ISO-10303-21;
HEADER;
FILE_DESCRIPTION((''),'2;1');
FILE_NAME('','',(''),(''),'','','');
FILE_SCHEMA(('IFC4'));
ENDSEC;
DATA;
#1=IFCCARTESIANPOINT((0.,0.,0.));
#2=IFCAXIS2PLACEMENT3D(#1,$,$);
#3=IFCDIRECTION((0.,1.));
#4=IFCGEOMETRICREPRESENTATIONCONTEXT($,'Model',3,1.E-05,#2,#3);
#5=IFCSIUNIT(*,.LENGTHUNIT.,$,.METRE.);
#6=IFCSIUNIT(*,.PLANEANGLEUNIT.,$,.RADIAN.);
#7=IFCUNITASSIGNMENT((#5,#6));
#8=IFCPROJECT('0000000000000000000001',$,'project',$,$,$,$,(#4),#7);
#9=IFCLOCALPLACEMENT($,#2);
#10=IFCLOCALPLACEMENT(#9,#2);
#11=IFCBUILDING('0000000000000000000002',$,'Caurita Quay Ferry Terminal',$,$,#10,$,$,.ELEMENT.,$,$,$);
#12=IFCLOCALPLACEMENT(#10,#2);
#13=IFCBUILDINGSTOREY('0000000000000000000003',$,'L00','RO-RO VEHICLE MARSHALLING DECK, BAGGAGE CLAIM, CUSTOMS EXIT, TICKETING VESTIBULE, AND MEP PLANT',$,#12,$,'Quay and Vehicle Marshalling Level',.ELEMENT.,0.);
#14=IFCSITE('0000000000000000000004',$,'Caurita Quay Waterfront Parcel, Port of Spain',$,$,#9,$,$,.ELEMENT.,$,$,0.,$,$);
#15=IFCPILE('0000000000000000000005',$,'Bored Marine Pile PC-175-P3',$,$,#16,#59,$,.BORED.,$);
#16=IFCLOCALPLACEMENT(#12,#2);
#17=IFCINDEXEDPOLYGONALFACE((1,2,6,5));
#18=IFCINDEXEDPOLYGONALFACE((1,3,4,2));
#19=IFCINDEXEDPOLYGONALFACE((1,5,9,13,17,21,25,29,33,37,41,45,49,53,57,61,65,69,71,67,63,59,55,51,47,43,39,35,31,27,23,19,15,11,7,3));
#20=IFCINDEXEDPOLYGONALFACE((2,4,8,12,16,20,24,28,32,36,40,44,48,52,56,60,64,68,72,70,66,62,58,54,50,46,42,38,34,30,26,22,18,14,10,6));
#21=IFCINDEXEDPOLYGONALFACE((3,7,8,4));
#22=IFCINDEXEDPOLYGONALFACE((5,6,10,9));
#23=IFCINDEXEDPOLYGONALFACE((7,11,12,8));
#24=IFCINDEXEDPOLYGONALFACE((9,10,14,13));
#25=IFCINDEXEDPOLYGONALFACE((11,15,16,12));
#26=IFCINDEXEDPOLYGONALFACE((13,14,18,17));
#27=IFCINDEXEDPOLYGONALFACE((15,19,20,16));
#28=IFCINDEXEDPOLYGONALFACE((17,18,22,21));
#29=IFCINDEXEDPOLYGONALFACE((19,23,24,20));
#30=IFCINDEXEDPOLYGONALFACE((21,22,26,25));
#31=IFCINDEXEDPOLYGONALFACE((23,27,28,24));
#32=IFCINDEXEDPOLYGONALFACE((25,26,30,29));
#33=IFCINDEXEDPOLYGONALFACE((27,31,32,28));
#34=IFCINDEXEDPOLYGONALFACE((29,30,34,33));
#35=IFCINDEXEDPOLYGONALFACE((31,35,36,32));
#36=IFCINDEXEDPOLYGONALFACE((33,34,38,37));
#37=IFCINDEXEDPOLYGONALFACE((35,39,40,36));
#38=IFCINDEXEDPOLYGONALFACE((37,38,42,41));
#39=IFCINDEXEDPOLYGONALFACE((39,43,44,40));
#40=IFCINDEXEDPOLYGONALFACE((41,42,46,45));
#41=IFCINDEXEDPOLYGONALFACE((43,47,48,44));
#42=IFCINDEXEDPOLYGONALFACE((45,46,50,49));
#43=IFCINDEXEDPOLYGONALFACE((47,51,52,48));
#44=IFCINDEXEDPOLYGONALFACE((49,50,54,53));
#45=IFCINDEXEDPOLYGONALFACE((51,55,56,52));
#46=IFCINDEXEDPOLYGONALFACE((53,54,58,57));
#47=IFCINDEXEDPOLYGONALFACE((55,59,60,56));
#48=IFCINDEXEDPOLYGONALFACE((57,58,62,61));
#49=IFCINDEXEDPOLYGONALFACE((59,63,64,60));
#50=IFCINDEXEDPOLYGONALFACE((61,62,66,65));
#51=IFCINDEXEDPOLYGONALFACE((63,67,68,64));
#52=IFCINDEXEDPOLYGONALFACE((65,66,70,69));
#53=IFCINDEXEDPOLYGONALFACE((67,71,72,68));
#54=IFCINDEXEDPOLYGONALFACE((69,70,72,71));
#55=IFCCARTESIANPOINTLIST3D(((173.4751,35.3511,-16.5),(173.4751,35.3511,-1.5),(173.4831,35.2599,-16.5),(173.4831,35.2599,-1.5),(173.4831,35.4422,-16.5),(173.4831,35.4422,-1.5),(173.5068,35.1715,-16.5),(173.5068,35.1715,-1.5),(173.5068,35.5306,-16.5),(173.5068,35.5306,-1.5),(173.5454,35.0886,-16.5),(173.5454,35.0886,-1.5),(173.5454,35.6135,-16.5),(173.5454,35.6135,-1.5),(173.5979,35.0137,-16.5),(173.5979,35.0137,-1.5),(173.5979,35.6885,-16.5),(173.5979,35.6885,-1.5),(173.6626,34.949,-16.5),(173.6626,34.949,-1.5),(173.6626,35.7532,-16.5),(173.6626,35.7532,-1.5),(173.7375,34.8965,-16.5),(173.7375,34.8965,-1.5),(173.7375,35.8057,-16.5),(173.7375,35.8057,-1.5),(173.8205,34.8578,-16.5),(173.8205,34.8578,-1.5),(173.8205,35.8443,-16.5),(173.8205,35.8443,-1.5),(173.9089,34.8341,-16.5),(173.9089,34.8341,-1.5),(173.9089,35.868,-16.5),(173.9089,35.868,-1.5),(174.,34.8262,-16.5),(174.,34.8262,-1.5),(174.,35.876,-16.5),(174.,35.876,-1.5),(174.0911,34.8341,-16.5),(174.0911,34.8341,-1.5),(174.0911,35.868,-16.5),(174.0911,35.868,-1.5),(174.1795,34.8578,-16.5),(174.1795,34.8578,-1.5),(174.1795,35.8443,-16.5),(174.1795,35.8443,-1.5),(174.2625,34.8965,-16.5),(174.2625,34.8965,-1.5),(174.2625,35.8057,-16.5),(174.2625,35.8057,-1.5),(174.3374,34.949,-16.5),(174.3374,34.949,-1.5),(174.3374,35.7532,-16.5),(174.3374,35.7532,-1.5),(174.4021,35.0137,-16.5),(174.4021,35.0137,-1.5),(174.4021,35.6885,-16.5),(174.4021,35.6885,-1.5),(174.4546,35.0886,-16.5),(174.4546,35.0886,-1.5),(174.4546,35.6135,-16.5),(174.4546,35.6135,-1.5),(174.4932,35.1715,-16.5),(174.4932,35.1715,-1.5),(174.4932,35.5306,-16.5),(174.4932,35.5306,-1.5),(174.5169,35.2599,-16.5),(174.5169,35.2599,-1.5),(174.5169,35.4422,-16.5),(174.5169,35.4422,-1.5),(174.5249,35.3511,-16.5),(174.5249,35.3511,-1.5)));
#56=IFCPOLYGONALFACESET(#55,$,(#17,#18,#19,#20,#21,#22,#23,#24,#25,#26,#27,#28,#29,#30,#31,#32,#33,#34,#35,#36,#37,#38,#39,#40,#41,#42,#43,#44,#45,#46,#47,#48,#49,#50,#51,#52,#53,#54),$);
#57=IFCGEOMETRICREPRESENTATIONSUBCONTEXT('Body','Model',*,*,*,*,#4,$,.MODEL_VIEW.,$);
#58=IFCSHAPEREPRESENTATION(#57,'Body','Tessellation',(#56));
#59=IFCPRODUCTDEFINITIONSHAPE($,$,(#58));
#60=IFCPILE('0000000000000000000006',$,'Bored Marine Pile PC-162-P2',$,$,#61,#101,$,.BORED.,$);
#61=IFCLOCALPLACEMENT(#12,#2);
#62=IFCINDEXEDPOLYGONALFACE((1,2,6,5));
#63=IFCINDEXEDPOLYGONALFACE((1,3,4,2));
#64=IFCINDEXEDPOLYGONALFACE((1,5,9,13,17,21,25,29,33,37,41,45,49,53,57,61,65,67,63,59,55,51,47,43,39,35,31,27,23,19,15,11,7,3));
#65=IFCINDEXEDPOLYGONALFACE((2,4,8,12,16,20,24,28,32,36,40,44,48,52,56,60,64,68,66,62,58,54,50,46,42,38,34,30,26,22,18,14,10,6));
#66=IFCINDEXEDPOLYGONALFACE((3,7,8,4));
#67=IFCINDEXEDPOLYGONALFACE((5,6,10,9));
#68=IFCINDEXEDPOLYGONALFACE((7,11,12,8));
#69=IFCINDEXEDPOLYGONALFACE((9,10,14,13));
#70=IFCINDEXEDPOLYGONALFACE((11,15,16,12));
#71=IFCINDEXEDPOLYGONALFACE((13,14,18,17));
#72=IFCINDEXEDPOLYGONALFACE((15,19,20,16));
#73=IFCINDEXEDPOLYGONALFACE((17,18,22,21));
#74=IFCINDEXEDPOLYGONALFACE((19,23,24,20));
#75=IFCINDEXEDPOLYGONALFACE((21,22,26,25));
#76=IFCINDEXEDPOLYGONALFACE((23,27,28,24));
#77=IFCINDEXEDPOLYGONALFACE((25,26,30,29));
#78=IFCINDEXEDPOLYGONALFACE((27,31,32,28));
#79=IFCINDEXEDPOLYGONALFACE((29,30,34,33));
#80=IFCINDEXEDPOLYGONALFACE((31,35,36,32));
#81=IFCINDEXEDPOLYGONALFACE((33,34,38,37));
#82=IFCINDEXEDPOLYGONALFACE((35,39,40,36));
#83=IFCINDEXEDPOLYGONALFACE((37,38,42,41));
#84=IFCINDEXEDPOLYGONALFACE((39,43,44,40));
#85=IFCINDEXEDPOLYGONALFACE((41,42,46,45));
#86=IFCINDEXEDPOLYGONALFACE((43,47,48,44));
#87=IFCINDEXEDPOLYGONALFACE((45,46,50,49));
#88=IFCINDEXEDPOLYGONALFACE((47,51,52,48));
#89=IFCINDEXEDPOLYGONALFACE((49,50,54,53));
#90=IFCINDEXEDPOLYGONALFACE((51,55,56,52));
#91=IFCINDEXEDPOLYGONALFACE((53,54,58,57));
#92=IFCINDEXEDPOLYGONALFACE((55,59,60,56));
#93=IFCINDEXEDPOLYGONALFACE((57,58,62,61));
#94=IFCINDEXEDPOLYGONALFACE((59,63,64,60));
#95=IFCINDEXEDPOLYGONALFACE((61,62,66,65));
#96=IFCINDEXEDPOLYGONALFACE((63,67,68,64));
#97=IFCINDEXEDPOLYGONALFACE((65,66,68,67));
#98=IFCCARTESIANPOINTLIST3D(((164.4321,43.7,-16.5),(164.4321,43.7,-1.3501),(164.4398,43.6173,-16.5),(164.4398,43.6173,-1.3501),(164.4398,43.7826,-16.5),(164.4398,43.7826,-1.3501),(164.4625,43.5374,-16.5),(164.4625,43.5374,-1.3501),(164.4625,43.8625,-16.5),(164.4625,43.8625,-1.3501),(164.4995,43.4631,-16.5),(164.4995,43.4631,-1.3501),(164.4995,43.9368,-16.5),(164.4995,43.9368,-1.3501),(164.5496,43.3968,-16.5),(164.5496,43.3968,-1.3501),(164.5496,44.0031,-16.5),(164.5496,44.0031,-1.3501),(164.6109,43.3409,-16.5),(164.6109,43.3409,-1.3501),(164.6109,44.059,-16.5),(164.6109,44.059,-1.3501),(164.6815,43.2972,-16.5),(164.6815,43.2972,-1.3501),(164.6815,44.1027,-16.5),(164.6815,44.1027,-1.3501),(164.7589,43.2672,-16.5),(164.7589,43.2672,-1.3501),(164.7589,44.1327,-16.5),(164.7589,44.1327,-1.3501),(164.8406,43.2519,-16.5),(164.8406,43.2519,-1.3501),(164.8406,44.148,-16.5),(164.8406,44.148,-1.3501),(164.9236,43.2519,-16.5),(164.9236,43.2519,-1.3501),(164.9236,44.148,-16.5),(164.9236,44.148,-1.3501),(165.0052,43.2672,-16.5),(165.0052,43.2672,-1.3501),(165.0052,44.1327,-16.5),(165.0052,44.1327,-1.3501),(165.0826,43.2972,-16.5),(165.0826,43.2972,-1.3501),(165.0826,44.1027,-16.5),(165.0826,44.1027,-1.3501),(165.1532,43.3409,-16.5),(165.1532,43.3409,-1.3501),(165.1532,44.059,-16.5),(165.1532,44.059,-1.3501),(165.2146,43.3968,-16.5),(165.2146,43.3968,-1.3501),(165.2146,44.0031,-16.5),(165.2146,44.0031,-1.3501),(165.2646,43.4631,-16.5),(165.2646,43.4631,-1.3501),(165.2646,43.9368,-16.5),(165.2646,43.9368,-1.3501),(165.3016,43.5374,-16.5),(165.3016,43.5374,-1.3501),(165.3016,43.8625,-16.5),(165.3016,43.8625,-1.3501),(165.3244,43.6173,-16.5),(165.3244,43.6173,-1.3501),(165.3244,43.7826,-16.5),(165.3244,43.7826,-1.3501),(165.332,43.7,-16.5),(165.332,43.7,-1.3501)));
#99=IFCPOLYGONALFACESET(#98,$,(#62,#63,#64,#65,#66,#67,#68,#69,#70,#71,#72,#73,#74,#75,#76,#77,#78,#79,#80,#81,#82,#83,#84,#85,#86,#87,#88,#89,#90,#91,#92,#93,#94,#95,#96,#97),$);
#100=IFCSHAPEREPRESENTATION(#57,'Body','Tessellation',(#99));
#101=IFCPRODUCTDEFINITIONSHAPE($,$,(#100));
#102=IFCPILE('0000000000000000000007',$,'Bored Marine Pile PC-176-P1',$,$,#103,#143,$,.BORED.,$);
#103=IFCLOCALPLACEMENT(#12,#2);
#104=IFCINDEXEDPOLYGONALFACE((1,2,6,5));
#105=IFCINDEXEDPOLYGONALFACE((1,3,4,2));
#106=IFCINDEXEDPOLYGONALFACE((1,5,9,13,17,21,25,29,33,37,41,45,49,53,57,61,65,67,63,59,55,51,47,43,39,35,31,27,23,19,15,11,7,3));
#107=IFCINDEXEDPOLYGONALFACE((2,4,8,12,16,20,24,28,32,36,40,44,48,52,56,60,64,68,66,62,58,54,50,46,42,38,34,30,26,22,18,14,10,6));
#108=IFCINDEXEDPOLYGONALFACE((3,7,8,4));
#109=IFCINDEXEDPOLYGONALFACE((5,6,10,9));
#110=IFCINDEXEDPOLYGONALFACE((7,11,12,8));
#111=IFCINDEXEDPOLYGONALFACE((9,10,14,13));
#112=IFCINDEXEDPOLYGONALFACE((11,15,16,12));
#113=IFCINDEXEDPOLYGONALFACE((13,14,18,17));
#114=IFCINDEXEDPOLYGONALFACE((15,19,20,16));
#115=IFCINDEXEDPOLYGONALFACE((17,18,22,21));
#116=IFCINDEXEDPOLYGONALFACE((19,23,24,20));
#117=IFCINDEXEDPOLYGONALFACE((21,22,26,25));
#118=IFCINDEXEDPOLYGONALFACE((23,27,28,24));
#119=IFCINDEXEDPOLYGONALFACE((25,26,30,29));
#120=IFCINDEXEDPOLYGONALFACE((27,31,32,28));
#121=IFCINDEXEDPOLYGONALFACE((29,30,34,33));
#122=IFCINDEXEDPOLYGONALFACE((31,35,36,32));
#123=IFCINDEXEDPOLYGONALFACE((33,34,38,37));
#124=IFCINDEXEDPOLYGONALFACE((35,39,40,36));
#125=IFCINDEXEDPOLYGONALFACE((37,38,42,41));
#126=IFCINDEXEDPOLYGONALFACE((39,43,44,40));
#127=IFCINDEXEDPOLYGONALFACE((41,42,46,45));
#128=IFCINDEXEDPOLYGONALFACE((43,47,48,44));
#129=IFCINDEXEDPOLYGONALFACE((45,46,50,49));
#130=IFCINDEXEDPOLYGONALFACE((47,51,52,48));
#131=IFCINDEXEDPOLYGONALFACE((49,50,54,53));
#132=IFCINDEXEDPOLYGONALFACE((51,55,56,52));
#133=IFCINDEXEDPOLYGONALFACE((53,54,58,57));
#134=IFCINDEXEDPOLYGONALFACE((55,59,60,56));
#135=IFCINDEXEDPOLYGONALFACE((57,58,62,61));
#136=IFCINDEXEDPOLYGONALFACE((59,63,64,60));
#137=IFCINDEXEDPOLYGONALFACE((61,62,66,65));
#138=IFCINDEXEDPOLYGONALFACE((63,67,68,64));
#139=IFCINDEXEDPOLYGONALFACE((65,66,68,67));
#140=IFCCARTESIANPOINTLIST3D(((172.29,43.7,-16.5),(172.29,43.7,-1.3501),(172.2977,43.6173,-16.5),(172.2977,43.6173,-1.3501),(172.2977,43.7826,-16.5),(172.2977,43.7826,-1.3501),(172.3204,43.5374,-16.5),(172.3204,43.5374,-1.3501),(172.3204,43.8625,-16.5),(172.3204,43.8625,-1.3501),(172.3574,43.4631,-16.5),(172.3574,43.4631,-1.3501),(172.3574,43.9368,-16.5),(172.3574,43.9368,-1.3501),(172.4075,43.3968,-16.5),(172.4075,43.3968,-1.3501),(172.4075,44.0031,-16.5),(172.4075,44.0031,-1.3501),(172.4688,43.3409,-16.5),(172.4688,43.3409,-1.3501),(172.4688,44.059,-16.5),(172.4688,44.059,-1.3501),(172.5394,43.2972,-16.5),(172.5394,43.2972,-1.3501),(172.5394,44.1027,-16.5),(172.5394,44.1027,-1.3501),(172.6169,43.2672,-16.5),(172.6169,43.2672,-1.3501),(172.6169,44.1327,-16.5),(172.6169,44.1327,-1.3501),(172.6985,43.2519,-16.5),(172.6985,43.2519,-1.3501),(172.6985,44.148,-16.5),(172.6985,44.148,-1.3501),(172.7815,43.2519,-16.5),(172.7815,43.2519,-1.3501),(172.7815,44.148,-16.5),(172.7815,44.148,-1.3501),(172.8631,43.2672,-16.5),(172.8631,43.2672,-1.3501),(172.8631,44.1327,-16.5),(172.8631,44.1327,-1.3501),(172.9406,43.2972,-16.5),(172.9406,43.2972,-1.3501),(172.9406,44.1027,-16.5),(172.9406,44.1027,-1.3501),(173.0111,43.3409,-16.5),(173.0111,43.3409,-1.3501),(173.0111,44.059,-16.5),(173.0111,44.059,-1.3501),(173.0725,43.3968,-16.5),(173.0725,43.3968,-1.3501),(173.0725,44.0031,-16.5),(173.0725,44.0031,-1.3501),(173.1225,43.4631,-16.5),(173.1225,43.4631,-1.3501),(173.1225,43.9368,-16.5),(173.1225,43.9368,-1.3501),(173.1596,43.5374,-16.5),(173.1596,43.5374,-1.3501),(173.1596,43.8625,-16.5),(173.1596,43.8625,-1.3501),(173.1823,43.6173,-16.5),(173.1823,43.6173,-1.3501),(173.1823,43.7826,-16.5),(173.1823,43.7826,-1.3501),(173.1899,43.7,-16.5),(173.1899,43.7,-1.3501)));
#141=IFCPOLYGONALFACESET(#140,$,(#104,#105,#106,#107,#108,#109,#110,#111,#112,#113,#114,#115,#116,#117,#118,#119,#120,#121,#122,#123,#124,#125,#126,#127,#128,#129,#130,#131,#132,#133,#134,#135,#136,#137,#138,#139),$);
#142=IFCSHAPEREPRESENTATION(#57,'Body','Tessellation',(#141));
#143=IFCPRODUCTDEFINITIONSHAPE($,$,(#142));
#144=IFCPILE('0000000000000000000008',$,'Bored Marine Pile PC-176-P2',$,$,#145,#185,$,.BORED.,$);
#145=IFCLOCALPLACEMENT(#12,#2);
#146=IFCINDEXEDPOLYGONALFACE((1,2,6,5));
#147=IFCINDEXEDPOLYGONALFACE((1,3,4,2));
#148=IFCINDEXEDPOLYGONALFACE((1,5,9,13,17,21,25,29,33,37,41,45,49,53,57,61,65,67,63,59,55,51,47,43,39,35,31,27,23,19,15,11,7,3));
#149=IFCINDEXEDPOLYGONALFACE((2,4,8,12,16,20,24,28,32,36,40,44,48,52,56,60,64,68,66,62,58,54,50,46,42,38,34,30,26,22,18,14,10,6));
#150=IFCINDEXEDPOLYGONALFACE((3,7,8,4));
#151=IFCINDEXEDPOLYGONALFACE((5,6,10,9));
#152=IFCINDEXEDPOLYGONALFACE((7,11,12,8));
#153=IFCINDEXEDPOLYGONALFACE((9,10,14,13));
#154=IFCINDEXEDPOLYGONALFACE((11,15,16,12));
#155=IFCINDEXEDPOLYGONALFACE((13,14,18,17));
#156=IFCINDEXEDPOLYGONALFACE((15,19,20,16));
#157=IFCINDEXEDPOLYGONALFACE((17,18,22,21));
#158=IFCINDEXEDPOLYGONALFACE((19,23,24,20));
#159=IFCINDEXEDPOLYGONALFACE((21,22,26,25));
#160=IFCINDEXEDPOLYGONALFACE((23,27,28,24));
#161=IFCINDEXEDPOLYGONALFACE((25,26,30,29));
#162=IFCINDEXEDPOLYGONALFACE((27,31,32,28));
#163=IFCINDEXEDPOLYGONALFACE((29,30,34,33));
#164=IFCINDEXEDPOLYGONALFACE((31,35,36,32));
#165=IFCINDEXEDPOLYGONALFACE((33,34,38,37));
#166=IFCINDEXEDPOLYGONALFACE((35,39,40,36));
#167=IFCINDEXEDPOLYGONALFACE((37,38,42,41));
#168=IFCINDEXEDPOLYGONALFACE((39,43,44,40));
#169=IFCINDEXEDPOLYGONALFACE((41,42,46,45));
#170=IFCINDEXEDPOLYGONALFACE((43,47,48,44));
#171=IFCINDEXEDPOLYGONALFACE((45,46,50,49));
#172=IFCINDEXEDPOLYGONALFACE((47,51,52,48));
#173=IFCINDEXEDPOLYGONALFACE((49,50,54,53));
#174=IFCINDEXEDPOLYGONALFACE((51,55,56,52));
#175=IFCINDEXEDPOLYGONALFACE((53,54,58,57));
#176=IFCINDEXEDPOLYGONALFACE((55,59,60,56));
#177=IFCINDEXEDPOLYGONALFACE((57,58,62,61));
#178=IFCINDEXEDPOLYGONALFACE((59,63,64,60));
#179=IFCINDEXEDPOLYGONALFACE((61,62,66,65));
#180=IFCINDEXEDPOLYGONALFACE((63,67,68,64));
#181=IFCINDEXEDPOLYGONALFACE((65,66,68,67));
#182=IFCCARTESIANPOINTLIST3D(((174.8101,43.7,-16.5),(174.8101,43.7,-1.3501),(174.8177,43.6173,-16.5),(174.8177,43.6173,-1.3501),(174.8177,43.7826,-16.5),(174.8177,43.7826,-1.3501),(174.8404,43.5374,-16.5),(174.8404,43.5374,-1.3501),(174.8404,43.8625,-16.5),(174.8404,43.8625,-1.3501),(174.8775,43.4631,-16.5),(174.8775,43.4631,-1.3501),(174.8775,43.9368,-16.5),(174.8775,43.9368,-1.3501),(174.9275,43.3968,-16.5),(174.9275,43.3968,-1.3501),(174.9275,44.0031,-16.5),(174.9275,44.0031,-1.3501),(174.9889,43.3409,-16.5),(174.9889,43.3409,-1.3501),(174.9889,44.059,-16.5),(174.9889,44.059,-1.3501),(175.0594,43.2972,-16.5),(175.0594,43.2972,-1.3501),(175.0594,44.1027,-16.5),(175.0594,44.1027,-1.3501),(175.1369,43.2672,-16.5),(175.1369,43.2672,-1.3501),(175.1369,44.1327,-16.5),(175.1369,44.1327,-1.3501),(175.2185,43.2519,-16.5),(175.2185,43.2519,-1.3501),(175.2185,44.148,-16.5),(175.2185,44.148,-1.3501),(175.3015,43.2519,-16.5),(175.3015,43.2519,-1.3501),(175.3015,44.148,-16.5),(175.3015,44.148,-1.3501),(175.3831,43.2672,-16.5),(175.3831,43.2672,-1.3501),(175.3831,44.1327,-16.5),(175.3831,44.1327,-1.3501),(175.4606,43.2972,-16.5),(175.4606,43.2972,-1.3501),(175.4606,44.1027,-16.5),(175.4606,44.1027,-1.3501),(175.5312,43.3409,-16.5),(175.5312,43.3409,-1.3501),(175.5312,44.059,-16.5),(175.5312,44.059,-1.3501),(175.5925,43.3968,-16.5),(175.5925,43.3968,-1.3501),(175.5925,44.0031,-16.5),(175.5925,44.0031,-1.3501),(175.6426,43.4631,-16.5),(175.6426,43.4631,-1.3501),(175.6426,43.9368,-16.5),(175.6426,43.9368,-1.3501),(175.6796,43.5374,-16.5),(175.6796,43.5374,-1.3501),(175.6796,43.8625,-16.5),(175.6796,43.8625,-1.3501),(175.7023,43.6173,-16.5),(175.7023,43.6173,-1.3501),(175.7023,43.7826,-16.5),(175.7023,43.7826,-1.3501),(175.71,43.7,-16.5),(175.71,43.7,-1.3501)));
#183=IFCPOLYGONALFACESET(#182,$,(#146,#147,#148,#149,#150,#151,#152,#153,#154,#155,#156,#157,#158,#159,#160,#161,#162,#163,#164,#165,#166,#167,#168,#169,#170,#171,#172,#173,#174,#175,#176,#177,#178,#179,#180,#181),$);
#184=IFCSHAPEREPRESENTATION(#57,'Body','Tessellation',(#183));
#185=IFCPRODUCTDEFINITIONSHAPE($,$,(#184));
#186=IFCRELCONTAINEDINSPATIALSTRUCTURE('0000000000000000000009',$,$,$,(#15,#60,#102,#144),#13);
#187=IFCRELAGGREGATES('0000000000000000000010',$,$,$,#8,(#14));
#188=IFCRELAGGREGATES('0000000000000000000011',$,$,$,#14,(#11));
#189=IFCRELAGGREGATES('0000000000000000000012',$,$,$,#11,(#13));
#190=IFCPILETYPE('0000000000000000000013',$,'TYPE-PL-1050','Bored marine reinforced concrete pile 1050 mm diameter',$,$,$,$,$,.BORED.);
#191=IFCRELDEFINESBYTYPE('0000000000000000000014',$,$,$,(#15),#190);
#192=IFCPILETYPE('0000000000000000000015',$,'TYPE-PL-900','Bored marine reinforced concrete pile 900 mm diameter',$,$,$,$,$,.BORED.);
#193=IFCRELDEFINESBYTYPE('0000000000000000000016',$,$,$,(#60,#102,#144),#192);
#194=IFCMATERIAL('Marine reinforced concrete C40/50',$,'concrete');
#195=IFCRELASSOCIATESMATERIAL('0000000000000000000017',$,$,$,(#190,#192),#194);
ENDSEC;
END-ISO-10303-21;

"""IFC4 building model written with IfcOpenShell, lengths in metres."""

from ifc_helpers import new_model, si_unit, direction, frame, origin, origin_2d, place, context, subcontext, project, spatial, circle, extrude, material, material_profile, profile_set, type_object, element, save


model = new_model("IFC4")

# Units and contexts
model_context = context("Model", 3, precision=1e-05, world=origin(), true_north=direction((0.0, 1.0)))
body_context = subcontext(model_context, "Body", "Model", "MODEL_VIEW")
ifc_project = project(units=[si_unit("LENGTHUNIT", "METRE"), si_unit("PLANEANGLEUNIT", "RADIAN")], contexts=[model_context])

# Site, building, storey
site_placement = place(None, origin())
site = spatial("IfcSite", under=ifc_project, at=site_placement, Name="Caurita Quay Waterfront Parcel, Port of Spain", CompositionType="ELEMENT", RefElevation=0.0)
building_placement = place(site_placement, origin())
building = spatial("IfcBuilding", under=site, at=building_placement, Name="Caurita Quay Ferry Terminal", CompositionType="ELEMENT")
storey_placement = place(building_placement, origin())
storey = spatial("IfcBuildingStorey", under=building, at=storey_placement, Name="L00", Description="RO-RO VEHICLE MARSHALLING DECK, BAGGAGE CLAIM, CUSTOMS EXIT, TICKETING VESTIBULE, AND MEP PLANT", LongName="Quay and Vehicle Marshalling Level", CompositionType="ELEMENT", Elevation=0.0)

# Piles
ifc_material_1 = material(Name="Marine reinforced concrete C40/50", Category="concrete")
ifc_material_profile_1 = material_profile(ifc_material_1, circle(Radius=0.5249, at=origin_2d()), Name="PILE-D1050")
ifc_profile_set_1 = profile_set([ifc_material_profile_1], Name="Marine reinforced concrete C40/50")
pile_type_1 = type_object("IfcPileType", Name="TYPE-PL-1050", Description="Bored marine reinforced concrete pile 1050 mm diameter", PredefinedType="BORED", material=ifc_profile_set_1)
pile_placement = place(storey_placement, frame((174.0, 35.3511, -1.5), z_axis=(0.0, 0.0, -1.0), x_axis=(1.0, 0.0, 0.0)))
element("IfcPile", 1, at=pile_placement, inside=storey, type_object=pile_type_1, Name="Bored Marine Pile PC-175-P3", PredefinedType="BORED", context=body_context, shape_type="SweptSolid", body=[
    extrude(circle(Radius=0.5249, at=origin_2d()), origin(), (0.0, 0.0, 1.0), 15.0),
])
ifc_material_profile_2 = material_profile(ifc_material_1, circle(Radius=0.45, at=origin_2d()), Name="PILE-D900")
ifc_profile_set_2 = profile_set([ifc_material_profile_2], Name="Marine reinforced concrete C40/50")
pile_type_2 = type_object("IfcPileType", Name="TYPE-PL-900", Description="Bored marine reinforced concrete pile 900 mm diameter", PredefinedType="BORED", material=ifc_profile_set_2)
for number, where, z_axis, x_axis, name in (
    (2, (164.8821, 43.7, -1.3501), (0.0, 0.0, -1.0), (1.0, 0.0, 0.0), "Bored Marine Pile PC-162-P2"),
    (3, (172.74, 43.7, -1.3501), (0.0, 0.0, -1.0), (1.0, 0.0, 0.0), "Bored Marine Pile PC-176-P1"),
    (4, (175.26, 43.7, -1.3501), (0.0, 0.0, -1.0), (1.0, 0.0, 0.0), "Bored Marine Pile PC-176-P2"),
):
    element("IfcPile", number, at=place(storey_placement, frame(where, z_axis=z_axis, x_axis=x_axis)), inside=storey, type_object=pile_type_2, Name=name, PredefinedType="BORED", context=body_context, shape_type="SweptSolid", body=[
        extrude(circle(Radius=0.45, at=origin_2d()), origin(), (0.0, 0.0, 1.0), 15.1499),
    ])

save(model, "model.ifc")
